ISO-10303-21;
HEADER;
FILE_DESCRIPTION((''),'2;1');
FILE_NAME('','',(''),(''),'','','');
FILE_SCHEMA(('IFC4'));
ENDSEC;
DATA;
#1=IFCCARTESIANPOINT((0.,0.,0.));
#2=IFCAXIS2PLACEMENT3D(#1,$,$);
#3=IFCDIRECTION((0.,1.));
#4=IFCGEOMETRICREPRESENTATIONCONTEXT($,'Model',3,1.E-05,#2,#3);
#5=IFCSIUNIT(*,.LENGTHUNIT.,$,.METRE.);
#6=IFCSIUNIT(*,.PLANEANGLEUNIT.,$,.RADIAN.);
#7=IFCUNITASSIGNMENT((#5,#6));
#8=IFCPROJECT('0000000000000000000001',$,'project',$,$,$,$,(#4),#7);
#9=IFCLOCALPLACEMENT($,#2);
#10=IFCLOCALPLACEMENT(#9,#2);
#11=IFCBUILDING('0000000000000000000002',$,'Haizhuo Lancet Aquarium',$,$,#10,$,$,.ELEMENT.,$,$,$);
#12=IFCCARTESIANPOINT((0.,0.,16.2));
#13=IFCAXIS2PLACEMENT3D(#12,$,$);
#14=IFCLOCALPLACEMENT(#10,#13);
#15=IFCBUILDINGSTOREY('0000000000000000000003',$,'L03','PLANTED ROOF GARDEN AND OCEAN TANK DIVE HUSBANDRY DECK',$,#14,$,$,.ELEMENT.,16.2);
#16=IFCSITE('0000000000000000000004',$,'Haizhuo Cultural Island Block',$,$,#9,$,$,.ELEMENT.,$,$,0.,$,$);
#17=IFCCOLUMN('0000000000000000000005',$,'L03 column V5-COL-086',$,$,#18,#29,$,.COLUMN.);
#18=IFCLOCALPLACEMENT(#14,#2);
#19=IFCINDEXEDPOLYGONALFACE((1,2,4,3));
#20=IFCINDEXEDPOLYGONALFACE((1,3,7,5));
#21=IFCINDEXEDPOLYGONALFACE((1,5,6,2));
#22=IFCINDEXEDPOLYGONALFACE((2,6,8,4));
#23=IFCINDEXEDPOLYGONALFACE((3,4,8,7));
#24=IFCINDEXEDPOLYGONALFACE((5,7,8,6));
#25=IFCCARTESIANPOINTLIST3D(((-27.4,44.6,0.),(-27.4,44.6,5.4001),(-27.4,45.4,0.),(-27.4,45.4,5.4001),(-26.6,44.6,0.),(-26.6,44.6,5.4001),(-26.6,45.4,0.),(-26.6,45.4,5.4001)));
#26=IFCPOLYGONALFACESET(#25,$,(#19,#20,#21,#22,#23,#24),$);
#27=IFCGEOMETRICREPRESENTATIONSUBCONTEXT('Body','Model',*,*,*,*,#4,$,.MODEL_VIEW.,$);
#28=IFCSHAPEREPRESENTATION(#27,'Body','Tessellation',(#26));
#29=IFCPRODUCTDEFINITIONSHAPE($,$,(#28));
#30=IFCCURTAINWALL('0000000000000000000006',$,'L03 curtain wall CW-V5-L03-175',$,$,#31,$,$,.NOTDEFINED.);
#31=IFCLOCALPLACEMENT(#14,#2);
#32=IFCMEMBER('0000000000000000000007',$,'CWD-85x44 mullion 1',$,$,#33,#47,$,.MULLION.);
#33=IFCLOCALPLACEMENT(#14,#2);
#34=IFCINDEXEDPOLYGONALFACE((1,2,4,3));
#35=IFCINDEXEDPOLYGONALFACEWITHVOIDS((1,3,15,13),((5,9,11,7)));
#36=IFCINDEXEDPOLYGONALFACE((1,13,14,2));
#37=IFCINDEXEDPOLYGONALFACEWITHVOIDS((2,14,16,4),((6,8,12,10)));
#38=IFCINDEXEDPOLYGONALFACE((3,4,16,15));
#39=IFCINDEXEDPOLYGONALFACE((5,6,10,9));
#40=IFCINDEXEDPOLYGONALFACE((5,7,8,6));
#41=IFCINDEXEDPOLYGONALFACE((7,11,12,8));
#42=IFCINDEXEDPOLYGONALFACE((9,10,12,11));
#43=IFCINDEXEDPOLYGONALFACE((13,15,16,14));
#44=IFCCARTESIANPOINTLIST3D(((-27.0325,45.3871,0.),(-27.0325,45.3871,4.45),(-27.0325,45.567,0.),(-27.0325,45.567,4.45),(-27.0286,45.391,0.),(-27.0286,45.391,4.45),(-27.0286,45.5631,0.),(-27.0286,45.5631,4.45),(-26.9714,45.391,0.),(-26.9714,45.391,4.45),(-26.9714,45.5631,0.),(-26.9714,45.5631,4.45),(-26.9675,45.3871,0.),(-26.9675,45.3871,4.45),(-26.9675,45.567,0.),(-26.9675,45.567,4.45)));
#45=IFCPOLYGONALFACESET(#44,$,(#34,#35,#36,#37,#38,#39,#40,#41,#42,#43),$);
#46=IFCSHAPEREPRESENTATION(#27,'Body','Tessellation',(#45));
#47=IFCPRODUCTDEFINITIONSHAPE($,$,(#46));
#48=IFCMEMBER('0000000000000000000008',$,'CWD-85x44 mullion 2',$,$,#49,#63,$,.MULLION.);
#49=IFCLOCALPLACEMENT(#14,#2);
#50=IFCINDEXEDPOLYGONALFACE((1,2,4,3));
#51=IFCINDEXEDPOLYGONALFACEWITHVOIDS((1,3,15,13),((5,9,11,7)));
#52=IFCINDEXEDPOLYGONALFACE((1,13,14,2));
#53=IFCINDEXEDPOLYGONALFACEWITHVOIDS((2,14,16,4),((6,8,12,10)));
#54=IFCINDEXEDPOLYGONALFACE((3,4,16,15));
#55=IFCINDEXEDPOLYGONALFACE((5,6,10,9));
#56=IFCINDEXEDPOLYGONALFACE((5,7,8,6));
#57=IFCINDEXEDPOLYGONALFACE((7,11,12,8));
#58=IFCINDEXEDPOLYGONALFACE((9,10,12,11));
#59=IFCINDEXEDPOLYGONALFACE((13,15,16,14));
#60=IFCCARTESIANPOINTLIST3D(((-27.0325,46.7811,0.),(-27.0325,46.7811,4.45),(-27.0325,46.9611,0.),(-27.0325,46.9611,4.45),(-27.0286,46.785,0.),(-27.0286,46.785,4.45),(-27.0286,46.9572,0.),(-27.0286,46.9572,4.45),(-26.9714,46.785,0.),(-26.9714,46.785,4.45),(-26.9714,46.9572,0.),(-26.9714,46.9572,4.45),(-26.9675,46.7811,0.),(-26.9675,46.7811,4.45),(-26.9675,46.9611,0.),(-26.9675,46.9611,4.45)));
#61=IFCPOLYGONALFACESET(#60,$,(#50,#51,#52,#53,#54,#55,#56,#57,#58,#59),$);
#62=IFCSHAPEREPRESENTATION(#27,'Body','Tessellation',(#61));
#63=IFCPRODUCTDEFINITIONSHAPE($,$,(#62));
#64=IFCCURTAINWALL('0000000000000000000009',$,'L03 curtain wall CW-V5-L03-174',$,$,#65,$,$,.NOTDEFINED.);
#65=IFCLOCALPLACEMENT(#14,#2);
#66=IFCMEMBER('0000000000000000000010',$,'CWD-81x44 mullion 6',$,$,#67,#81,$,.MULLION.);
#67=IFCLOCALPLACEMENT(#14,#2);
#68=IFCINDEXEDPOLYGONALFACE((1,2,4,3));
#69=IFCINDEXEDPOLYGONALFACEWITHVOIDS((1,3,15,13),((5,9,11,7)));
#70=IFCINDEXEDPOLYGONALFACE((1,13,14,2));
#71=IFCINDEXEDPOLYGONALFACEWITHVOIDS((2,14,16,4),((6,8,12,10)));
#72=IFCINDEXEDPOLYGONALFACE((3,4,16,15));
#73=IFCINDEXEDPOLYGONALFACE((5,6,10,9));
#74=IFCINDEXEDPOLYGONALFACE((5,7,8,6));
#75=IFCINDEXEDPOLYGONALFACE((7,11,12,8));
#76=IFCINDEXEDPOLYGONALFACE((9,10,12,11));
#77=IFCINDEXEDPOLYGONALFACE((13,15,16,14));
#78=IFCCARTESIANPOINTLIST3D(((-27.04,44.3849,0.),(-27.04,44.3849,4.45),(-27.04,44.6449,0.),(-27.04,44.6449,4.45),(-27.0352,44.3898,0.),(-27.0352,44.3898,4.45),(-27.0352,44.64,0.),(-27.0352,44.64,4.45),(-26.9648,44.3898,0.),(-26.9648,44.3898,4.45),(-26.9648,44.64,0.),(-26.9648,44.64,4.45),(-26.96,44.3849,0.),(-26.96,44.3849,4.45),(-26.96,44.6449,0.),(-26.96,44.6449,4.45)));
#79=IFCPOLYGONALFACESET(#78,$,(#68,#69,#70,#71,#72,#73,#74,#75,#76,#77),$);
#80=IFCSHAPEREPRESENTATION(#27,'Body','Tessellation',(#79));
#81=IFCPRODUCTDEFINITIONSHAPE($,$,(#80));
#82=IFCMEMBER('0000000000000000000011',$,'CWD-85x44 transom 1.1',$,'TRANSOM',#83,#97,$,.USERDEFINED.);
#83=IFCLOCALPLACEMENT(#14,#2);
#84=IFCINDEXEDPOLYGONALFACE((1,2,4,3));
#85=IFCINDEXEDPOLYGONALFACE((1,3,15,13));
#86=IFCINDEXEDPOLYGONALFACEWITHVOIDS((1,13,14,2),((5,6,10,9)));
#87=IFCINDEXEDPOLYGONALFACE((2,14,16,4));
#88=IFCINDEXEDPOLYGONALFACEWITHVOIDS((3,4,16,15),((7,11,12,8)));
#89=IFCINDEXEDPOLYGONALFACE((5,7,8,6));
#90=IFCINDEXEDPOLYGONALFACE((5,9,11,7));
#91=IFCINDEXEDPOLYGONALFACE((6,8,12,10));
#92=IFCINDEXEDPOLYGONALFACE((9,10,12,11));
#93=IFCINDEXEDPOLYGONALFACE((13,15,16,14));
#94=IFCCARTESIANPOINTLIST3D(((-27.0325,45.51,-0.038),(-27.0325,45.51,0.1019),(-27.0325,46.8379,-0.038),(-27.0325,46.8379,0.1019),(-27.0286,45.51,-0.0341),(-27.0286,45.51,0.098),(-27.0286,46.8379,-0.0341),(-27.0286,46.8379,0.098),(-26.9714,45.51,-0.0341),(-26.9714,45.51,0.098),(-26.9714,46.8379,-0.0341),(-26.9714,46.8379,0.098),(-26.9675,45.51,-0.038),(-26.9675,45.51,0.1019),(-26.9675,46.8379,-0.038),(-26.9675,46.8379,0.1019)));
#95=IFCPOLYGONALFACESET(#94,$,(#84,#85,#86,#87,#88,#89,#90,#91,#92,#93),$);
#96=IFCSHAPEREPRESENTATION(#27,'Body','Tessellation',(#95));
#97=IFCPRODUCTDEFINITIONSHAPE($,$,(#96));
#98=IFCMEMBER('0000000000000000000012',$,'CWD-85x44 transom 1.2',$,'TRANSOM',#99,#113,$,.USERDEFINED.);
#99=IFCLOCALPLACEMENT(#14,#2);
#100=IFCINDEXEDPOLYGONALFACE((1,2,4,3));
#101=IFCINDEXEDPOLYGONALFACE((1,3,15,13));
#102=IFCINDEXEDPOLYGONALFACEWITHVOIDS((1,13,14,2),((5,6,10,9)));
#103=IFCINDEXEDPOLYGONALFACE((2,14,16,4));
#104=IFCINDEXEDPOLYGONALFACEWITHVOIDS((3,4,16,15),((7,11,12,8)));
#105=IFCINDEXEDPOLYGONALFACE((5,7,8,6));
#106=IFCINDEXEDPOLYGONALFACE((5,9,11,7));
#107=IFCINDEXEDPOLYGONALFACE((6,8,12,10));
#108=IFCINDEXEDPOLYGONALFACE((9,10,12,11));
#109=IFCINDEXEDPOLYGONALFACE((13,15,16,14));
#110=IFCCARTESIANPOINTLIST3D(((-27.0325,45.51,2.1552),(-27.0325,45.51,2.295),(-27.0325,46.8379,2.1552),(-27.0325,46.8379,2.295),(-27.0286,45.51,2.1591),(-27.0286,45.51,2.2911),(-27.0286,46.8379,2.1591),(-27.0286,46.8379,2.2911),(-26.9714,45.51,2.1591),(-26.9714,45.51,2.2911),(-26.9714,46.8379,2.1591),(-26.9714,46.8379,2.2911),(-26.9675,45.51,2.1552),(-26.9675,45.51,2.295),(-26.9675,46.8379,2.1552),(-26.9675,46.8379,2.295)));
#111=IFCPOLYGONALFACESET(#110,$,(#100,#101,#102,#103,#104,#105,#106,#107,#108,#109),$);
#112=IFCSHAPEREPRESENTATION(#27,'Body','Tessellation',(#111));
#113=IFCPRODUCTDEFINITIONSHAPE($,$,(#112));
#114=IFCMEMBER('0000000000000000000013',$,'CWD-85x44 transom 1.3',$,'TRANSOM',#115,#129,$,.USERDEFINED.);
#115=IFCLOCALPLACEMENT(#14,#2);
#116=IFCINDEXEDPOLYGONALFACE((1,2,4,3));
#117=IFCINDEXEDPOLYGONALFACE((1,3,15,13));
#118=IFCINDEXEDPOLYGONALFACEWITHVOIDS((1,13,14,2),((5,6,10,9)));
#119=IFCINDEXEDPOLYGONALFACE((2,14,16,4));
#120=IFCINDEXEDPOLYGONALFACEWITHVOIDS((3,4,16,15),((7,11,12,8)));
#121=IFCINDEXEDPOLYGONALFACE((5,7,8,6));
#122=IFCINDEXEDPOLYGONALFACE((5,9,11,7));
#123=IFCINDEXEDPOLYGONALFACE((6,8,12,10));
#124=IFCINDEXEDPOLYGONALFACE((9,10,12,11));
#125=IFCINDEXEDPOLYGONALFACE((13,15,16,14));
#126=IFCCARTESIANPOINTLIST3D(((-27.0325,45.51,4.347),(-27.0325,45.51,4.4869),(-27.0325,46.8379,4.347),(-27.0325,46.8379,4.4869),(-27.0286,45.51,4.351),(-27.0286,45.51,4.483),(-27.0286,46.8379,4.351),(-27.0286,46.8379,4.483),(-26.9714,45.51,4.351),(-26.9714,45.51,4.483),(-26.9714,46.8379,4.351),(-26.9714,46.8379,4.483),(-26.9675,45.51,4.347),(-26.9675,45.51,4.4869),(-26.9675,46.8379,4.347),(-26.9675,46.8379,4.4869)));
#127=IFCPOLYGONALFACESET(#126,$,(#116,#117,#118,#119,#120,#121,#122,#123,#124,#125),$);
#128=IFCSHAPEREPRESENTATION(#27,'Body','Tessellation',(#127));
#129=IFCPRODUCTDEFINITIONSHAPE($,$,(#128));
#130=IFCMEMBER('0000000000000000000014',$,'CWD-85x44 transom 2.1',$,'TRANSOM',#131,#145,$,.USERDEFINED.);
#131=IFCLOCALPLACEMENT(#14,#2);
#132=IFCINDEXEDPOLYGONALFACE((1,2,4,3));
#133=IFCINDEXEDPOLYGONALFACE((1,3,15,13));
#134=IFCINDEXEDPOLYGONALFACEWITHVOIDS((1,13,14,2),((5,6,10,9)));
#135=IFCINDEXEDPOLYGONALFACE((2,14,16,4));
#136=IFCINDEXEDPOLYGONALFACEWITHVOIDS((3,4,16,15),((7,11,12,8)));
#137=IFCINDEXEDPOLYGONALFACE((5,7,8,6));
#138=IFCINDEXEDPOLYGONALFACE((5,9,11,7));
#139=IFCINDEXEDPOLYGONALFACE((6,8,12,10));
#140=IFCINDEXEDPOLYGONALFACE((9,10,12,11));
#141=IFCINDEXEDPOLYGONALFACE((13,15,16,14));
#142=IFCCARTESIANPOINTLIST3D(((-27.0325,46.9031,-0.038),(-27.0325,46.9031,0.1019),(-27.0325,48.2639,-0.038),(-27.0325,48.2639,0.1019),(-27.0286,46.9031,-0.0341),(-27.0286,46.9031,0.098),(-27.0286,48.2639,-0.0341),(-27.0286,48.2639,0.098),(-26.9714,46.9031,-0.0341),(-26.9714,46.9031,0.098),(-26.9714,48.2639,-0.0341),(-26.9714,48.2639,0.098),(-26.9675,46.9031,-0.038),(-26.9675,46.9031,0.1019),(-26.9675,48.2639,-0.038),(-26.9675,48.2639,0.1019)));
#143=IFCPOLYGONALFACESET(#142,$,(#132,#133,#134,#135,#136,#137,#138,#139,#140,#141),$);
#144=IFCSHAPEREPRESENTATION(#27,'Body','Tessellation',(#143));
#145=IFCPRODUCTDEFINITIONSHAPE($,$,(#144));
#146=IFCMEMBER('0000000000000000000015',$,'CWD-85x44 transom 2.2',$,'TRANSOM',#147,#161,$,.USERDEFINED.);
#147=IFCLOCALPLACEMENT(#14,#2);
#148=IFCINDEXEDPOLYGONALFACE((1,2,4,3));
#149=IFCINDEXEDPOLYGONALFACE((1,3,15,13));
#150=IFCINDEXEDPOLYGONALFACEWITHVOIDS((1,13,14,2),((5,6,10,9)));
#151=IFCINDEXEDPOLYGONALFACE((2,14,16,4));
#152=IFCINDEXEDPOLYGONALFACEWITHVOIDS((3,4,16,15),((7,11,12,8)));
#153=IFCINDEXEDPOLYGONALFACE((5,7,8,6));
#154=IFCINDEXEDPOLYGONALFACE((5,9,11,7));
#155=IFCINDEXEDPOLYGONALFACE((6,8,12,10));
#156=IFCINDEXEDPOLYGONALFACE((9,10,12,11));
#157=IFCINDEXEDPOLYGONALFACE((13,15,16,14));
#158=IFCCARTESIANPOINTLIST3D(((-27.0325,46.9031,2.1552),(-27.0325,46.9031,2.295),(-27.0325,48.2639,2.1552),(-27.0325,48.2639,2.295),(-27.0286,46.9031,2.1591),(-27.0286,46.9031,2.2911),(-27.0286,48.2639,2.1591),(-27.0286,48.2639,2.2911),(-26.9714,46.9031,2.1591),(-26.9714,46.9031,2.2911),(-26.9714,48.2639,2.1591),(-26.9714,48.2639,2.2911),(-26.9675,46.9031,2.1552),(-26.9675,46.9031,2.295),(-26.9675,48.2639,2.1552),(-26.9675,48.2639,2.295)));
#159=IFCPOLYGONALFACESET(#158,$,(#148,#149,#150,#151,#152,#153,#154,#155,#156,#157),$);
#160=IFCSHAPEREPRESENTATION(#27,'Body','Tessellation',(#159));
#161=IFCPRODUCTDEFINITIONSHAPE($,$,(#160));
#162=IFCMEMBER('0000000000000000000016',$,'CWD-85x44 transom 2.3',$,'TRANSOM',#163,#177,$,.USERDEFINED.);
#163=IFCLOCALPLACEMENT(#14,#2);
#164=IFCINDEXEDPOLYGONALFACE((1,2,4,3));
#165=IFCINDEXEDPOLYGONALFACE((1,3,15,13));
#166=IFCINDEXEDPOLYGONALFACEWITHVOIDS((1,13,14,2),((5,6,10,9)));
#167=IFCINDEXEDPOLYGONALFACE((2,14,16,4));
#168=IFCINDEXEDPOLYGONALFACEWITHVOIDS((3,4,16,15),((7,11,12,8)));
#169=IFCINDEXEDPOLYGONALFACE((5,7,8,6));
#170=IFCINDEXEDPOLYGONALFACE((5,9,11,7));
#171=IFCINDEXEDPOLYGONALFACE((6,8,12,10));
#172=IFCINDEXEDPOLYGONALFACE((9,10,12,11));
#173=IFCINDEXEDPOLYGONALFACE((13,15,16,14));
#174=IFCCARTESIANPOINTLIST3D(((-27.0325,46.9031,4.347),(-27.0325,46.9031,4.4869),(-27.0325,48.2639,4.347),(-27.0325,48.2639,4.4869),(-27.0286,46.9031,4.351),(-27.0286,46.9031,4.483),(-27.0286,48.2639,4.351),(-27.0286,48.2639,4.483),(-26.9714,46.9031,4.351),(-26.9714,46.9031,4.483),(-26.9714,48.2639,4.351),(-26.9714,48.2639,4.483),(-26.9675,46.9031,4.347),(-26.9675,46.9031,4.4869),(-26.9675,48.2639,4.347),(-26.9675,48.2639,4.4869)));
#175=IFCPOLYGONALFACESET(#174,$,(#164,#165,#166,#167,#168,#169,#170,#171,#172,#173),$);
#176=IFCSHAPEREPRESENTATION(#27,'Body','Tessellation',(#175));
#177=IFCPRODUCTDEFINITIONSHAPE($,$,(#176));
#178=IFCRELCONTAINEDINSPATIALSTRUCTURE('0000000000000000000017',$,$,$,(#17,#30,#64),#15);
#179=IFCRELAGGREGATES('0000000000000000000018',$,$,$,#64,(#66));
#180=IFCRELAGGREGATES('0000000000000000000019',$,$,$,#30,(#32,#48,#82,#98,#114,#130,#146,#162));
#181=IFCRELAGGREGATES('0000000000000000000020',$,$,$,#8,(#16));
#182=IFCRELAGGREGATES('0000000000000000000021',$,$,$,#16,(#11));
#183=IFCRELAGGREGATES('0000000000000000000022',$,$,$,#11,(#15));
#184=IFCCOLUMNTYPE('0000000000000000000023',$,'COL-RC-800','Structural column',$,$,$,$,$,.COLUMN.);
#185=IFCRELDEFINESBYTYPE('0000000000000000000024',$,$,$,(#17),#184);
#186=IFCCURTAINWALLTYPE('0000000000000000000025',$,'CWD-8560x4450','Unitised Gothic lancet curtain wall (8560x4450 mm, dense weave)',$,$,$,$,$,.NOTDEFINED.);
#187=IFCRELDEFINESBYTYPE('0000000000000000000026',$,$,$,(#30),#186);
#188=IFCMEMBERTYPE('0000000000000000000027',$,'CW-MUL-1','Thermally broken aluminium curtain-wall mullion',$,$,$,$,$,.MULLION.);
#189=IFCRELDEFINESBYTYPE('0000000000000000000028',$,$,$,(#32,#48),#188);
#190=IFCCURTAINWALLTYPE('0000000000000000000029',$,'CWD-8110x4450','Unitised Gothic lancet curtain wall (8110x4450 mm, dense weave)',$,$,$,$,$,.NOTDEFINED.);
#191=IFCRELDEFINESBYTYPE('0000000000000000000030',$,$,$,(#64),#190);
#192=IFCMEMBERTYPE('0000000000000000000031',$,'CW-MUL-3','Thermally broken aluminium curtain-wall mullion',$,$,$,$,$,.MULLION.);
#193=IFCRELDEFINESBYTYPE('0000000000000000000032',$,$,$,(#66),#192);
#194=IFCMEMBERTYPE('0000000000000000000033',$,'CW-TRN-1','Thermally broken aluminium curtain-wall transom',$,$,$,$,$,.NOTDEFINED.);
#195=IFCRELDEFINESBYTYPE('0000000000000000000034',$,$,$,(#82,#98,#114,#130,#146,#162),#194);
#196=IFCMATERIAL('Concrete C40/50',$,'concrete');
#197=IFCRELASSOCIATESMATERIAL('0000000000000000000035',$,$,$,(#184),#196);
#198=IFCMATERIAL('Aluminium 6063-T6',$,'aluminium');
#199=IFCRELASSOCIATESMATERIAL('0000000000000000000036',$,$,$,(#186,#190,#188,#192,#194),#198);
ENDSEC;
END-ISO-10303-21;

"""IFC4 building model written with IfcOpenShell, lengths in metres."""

from ifc_helpers import new_model, si_unit, direction, frame, origin, origin_2d, place, context, subcontext, project, spatial, rectangle, hollow_rectangle, extrude, material, material_profile, profile_set, type_object, element, aggregate, save


model = new_model("IFC4")

# Units and contexts
model_context = context("Model", 3, precision=1e-05, world=origin(), true_north=direction((0.0, 1.0)))
body_context = subcontext(model_context, "Body", "Model", "MODEL_VIEW")
ifc_project = project(units=[si_unit("LENGTHUNIT", "METRE"), si_unit("PLANEANGLEUNIT", "RADIAN")], contexts=[model_context])

# Site, building, storey
site_placement = place(None, origin())
site = spatial("IfcSite", under=ifc_project, at=site_placement, Name="Haizhuo Cultural Island Block", CompositionType="ELEMENT", RefElevation=0.0)
building_placement = place(site_placement, origin())
building = spatial("IfcBuilding", under=site, at=building_placement, Name="Haizhuo Lancet Aquarium", CompositionType="ELEMENT")
storey_placement = place(building_placement, frame((0.0, 0.0, 16.2)))
storey = spatial("IfcBuildingStorey", under=building, at=storey_placement, Name="L03", Description="PLANTED ROOF GARDEN AND OCEAN TANK DIVE HUSBANDRY DECK", CompositionType="ELEMENT", Elevation=16.2)

# Column
ifc_material_1 = material(Name="Concrete C40/50", Category="concrete")
ifc_material_profile_1 = material_profile(ifc_material_1, rectangle(XDim=0.8, YDim=0.8, at=origin_2d()), Name="RC-COL 800x800")
ifc_profile_set_1 = profile_set([ifc_material_profile_1], Name="Concrete C40/50")
column_type = type_object("IfcColumnType", Name="COL-RC-800", Description="Structural column", PredefinedType="COLUMN", material=ifc_profile_set_1)
column_placement = place(storey_placement, frame((-27.0, 45.0, 0.0), z_axis=(0.0, 0.0, 1.0), x_axis=(1.0, 0.0, 0.0)))
element("IfcColumn", 1, at=column_placement, inside=storey, type_object=column_type, Name="L03 column V5-COL-086", PredefinedType="COLUMN", context=body_context, shape_type="SweptSolid", body=[
    extrude(rectangle(XDim=0.8, YDim=0.8, at=origin_2d()), origin(), (0.0, 0.0, 1.0), 5.4001),
])

# Curtain wall, members
ifc_material_2 = material(Name="Aluminium 6063-T6", Category="aluminium")
curtain_wall_type_1 = type_object("IfcCurtainWallType", Name="CWD-8560x4450", Description="Unitised Gothic lancet curtain wall (8560x4450 mm, dense weave)", PredefinedType="NOTDEFINED", material=ifc_material_2)
curtain_wall_1_placement = place(storey_placement, origin())
curtain_wall_1 = element("IfcCurtainWall", 2, at=curtain_wall_1_placement, inside=storey, type_object=curtain_wall_type_1, Name="L03 curtain wall CW-V5-L03-175", PredefinedType="NOTDEFINED")
ifc_material_profile_2 = material_profile(ifc_material_2, hollow_rectangle(XDim=0.0649, YDim=0.1799, WallThickness=0.0039, at=origin_2d()), Name="ALU-M 65x180x4")
ifc_profile_set_2 = profile_set([ifc_material_profile_2], Name="Aluminium 6063-T6")
member_type_1 = type_object("IfcMemberType", Name="CW-MUL-1", Description="Thermally broken aluminium curtain-wall mullion", PredefinedType="MULLION", material=ifc_profile_set_2)
member_1_placement = place(storey_placement, frame((-27.0, 45.4771, 0.0), z_axis=(0.0, 0.0, 1.0), x_axis=(-1.0, 0.0, 0.0)))
member_1 = element("IfcMember", 3, at=member_1_placement, type_object=member_type_1, Name="CWD-85x44 mullion 1", PredefinedType="MULLION", context=body_context, shape_type="SweptSolid", body=[
    extrude(hollow_rectangle(XDim=0.0649, YDim=0.1799, WallThickness=0.0039, at=origin_2d()), origin(), (0.0, 0.0, 1.0), 4.45),
])
member_2_placement = place(storey_placement, frame((-27.0, 46.8711, 0.0), z_axis=(0.0, 0.0, 1.0), x_axis=(-1.0, 0.0, 0.0)))
member_2 = element("IfcMember", 4, at=member_2_placement, type_object=member_type_1, Name="CWD-85x44 mullion 2", PredefinedType="MULLION", context=body_context, shape_type="SweptSolid", body=[
    extrude(hollow_rectangle(XDim=0.0649, YDim=0.1799, WallThickness=0.0039, at=origin_2d()), origin(), (0.0, 0.0, 1.0), 4.45),
])

# Curtain wall, member
curtain_wall_type_2 = type_object("IfcCurtainWallType", Name="CWD-8110x4450", Description="Unitised Gothic lancet curtain wall (8110x4450 mm, dense weave)", PredefinedType="NOTDEFINED", material=ifc_material_2)
curtain_wall_2_placement = place(storey_placement, origin())
curtain_wall_2 = element("IfcCurtainWall", 5, at=curtain_wall_2_placement, inside=storey, type_object=curtain_wall_type_2, Name="L03 curtain wall CW-V5-L03-174", PredefinedType="NOTDEFINED")
ifc_material_profile_3 = material_profile(ifc_material_2, hollow_rectangle(XDim=0.0801, YDim=0.26, WallThickness=0.0049, at=origin_2d()), Name="ALU-M 80x260x5")
ifc_profile_set_3 = profile_set([ifc_material_profile_3], Name="Aluminium 6063-T6")
member_type_2 = type_object("IfcMemberType", Name="CW-MUL-3", Description="Thermally broken aluminium curtain-wall mullion", PredefinedType="MULLION", material=ifc_profile_set_3)
member_3_placement = place(storey_placement, frame((-27.0, 44.5149, 0.0), z_axis=(0.0, 0.0, 1.0), x_axis=(-1.0, 0.0, 0.0)))
member_3 = element("IfcMember", 6, at=member_3_placement, type_object=member_type_2, Name="CWD-81x44 mullion 6", PredefinedType="MULLION", context=body_context, shape_type="SweptSolid", body=[
    extrude(hollow_rectangle(XDim=0.0801, YDim=0.26, WallThickness=0.0049, at=origin_2d()), origin(), (0.0, 0.0, 1.0), 4.45),
])

# Members
ifc_material_profile_4 = material_profile(ifc_material_2, hollow_rectangle(XDim=0.0649, YDim=0.1399, WallThickness=0.0039, at=origin_2d()), Name="ALU-T 65x140x4")
ifc_profile_set_4 = profile_set([ifc_material_profile_4], Name="Aluminium 6063-T6")
member_type_3 = type_object("IfcMemberType", Name="CW-TRN-1", Description="Thermally broken aluminium curtain-wall transom", PredefinedType="NOTDEFINED", material=ifc_profile_set_4)
member_4_placement = place(storey_placement, frame((-27.0, 45.51, 0.032), z_axis=(0.0, 1.0, 0.0), x_axis=(-1.0, 0.0, 0.0)))
member_4 = element("IfcMember", 7, at=member_4_placement, type_object=member_type_3, Name="CWD-85x44 transom 1.1", ObjectType="TRANSOM", PredefinedType="USERDEFINED", context=body_context, shape_type="SweptSolid", body=[
    extrude(hollow_rectangle(XDim=0.0649, YDim=0.1399, WallThickness=0.0039, at=origin_2d()), origin(), (0.0, 0.0, 1.0), 1.3279),
])
member_5_placement = place(storey_placement, frame((-27.0, 45.51, 2.2251), z_axis=(0.0, 1.0, 0.0), x_axis=(-1.0, 0.0, 0.0)))
member_5 = element("IfcMember", 8, at=member_5_placement, type_object=member_type_3, Name="CWD-85x44 transom 1.2", ObjectType="TRANSOM", PredefinedType="USERDEFINED", context=body_context, shape_type="SweptSolid", body=[
    extrude(hollow_rectangle(XDim=0.0649, YDim=0.1399, WallThickness=0.0039, at=origin_2d()), origin(), (0.0, 0.0, 1.0), 1.3279),
])
member_6_placement = place(storey_placement, frame((-27.0, 45.51, 4.417), z_axis=(0.0, 1.0, 0.0), x_axis=(-1.0, 0.0, 0.0)))
member_6 = element("IfcMember", 9, at=member_6_placement, type_object=member_type_3, Name="CWD-85x44 transom 1.3", ObjectType="TRANSOM", PredefinedType="USERDEFINED", context=body_context, shape_type="SweptSolid", body=[
    extrude(hollow_rectangle(XDim=0.0649, YDim=0.1399, WallThickness=0.0039, at=origin_2d()), origin(), (0.0, 0.0, 1.0), 1.3279),
])
member_7_placement = place(storey_placement, frame((-27.0, 46.9031, 0.032), z_axis=(0.0, 1.0, 0.0), x_axis=(-1.0, 0.0, 0.0)))
member_7 = element("IfcMember", 10, at=member_7_placement, type_object=member_type_3, Name="CWD-85x44 transom 2.1", ObjectType="TRANSOM", PredefinedType="USERDEFINED", context=body_context, shape_type="SweptSolid", body=[
    extrude(hollow_rectangle(XDim=0.0649, YDim=0.1399, WallThickness=0.0039, at=origin_2d()), origin(), (0.0, 0.0, 1.0), 1.3608),
])
member_8_placement = place(storey_placement, frame((-27.0, 46.9031, 2.2251), z_axis=(0.0, 1.0, 0.0), x_axis=(-1.0, 0.0, 0.0)))
member_8 = element("IfcMember", 11, at=member_8_placement, type_object=member_type_3, Name="CWD-85x44 transom 2.2", ObjectType="TRANSOM", PredefinedType="USERDEFINED", context=body_context, shape_type="SweptSolid", body=[
    extrude(hollow_rectangle(XDim=0.0649, YDim=0.1399, WallThickness=0.0039, at=origin_2d()), origin(), (0.0, 0.0, 1.0), 1.3608),
])
member_9_placement = place(storey_placement, frame((-27.0, 46.9031, 4.417), z_axis=(0.0, 1.0, 0.0), x_axis=(-1.0, 0.0, 0.0)))
member_9 = element("IfcMember", 12, at=member_9_placement, type_object=member_type_3, Name="CWD-85x44 transom 2.3", ObjectType="TRANSOM", PredefinedType="USERDEFINED", context=body_context, shape_type="SweptSolid", body=[
    extrude(hollow_rectangle(XDim=0.0649, YDim=0.1399, WallThickness=0.0039, at=origin_2d()), origin(), (0.0, 0.0, 1.0), 1.3608),
])

aggregate(curtain_wall_2, [member_3])
aggregate(curtain_wall_1, [member_1, member_2, member_4, member_5, member_6, member_7, member_8, member_9])

save(model, "model.ifc")
